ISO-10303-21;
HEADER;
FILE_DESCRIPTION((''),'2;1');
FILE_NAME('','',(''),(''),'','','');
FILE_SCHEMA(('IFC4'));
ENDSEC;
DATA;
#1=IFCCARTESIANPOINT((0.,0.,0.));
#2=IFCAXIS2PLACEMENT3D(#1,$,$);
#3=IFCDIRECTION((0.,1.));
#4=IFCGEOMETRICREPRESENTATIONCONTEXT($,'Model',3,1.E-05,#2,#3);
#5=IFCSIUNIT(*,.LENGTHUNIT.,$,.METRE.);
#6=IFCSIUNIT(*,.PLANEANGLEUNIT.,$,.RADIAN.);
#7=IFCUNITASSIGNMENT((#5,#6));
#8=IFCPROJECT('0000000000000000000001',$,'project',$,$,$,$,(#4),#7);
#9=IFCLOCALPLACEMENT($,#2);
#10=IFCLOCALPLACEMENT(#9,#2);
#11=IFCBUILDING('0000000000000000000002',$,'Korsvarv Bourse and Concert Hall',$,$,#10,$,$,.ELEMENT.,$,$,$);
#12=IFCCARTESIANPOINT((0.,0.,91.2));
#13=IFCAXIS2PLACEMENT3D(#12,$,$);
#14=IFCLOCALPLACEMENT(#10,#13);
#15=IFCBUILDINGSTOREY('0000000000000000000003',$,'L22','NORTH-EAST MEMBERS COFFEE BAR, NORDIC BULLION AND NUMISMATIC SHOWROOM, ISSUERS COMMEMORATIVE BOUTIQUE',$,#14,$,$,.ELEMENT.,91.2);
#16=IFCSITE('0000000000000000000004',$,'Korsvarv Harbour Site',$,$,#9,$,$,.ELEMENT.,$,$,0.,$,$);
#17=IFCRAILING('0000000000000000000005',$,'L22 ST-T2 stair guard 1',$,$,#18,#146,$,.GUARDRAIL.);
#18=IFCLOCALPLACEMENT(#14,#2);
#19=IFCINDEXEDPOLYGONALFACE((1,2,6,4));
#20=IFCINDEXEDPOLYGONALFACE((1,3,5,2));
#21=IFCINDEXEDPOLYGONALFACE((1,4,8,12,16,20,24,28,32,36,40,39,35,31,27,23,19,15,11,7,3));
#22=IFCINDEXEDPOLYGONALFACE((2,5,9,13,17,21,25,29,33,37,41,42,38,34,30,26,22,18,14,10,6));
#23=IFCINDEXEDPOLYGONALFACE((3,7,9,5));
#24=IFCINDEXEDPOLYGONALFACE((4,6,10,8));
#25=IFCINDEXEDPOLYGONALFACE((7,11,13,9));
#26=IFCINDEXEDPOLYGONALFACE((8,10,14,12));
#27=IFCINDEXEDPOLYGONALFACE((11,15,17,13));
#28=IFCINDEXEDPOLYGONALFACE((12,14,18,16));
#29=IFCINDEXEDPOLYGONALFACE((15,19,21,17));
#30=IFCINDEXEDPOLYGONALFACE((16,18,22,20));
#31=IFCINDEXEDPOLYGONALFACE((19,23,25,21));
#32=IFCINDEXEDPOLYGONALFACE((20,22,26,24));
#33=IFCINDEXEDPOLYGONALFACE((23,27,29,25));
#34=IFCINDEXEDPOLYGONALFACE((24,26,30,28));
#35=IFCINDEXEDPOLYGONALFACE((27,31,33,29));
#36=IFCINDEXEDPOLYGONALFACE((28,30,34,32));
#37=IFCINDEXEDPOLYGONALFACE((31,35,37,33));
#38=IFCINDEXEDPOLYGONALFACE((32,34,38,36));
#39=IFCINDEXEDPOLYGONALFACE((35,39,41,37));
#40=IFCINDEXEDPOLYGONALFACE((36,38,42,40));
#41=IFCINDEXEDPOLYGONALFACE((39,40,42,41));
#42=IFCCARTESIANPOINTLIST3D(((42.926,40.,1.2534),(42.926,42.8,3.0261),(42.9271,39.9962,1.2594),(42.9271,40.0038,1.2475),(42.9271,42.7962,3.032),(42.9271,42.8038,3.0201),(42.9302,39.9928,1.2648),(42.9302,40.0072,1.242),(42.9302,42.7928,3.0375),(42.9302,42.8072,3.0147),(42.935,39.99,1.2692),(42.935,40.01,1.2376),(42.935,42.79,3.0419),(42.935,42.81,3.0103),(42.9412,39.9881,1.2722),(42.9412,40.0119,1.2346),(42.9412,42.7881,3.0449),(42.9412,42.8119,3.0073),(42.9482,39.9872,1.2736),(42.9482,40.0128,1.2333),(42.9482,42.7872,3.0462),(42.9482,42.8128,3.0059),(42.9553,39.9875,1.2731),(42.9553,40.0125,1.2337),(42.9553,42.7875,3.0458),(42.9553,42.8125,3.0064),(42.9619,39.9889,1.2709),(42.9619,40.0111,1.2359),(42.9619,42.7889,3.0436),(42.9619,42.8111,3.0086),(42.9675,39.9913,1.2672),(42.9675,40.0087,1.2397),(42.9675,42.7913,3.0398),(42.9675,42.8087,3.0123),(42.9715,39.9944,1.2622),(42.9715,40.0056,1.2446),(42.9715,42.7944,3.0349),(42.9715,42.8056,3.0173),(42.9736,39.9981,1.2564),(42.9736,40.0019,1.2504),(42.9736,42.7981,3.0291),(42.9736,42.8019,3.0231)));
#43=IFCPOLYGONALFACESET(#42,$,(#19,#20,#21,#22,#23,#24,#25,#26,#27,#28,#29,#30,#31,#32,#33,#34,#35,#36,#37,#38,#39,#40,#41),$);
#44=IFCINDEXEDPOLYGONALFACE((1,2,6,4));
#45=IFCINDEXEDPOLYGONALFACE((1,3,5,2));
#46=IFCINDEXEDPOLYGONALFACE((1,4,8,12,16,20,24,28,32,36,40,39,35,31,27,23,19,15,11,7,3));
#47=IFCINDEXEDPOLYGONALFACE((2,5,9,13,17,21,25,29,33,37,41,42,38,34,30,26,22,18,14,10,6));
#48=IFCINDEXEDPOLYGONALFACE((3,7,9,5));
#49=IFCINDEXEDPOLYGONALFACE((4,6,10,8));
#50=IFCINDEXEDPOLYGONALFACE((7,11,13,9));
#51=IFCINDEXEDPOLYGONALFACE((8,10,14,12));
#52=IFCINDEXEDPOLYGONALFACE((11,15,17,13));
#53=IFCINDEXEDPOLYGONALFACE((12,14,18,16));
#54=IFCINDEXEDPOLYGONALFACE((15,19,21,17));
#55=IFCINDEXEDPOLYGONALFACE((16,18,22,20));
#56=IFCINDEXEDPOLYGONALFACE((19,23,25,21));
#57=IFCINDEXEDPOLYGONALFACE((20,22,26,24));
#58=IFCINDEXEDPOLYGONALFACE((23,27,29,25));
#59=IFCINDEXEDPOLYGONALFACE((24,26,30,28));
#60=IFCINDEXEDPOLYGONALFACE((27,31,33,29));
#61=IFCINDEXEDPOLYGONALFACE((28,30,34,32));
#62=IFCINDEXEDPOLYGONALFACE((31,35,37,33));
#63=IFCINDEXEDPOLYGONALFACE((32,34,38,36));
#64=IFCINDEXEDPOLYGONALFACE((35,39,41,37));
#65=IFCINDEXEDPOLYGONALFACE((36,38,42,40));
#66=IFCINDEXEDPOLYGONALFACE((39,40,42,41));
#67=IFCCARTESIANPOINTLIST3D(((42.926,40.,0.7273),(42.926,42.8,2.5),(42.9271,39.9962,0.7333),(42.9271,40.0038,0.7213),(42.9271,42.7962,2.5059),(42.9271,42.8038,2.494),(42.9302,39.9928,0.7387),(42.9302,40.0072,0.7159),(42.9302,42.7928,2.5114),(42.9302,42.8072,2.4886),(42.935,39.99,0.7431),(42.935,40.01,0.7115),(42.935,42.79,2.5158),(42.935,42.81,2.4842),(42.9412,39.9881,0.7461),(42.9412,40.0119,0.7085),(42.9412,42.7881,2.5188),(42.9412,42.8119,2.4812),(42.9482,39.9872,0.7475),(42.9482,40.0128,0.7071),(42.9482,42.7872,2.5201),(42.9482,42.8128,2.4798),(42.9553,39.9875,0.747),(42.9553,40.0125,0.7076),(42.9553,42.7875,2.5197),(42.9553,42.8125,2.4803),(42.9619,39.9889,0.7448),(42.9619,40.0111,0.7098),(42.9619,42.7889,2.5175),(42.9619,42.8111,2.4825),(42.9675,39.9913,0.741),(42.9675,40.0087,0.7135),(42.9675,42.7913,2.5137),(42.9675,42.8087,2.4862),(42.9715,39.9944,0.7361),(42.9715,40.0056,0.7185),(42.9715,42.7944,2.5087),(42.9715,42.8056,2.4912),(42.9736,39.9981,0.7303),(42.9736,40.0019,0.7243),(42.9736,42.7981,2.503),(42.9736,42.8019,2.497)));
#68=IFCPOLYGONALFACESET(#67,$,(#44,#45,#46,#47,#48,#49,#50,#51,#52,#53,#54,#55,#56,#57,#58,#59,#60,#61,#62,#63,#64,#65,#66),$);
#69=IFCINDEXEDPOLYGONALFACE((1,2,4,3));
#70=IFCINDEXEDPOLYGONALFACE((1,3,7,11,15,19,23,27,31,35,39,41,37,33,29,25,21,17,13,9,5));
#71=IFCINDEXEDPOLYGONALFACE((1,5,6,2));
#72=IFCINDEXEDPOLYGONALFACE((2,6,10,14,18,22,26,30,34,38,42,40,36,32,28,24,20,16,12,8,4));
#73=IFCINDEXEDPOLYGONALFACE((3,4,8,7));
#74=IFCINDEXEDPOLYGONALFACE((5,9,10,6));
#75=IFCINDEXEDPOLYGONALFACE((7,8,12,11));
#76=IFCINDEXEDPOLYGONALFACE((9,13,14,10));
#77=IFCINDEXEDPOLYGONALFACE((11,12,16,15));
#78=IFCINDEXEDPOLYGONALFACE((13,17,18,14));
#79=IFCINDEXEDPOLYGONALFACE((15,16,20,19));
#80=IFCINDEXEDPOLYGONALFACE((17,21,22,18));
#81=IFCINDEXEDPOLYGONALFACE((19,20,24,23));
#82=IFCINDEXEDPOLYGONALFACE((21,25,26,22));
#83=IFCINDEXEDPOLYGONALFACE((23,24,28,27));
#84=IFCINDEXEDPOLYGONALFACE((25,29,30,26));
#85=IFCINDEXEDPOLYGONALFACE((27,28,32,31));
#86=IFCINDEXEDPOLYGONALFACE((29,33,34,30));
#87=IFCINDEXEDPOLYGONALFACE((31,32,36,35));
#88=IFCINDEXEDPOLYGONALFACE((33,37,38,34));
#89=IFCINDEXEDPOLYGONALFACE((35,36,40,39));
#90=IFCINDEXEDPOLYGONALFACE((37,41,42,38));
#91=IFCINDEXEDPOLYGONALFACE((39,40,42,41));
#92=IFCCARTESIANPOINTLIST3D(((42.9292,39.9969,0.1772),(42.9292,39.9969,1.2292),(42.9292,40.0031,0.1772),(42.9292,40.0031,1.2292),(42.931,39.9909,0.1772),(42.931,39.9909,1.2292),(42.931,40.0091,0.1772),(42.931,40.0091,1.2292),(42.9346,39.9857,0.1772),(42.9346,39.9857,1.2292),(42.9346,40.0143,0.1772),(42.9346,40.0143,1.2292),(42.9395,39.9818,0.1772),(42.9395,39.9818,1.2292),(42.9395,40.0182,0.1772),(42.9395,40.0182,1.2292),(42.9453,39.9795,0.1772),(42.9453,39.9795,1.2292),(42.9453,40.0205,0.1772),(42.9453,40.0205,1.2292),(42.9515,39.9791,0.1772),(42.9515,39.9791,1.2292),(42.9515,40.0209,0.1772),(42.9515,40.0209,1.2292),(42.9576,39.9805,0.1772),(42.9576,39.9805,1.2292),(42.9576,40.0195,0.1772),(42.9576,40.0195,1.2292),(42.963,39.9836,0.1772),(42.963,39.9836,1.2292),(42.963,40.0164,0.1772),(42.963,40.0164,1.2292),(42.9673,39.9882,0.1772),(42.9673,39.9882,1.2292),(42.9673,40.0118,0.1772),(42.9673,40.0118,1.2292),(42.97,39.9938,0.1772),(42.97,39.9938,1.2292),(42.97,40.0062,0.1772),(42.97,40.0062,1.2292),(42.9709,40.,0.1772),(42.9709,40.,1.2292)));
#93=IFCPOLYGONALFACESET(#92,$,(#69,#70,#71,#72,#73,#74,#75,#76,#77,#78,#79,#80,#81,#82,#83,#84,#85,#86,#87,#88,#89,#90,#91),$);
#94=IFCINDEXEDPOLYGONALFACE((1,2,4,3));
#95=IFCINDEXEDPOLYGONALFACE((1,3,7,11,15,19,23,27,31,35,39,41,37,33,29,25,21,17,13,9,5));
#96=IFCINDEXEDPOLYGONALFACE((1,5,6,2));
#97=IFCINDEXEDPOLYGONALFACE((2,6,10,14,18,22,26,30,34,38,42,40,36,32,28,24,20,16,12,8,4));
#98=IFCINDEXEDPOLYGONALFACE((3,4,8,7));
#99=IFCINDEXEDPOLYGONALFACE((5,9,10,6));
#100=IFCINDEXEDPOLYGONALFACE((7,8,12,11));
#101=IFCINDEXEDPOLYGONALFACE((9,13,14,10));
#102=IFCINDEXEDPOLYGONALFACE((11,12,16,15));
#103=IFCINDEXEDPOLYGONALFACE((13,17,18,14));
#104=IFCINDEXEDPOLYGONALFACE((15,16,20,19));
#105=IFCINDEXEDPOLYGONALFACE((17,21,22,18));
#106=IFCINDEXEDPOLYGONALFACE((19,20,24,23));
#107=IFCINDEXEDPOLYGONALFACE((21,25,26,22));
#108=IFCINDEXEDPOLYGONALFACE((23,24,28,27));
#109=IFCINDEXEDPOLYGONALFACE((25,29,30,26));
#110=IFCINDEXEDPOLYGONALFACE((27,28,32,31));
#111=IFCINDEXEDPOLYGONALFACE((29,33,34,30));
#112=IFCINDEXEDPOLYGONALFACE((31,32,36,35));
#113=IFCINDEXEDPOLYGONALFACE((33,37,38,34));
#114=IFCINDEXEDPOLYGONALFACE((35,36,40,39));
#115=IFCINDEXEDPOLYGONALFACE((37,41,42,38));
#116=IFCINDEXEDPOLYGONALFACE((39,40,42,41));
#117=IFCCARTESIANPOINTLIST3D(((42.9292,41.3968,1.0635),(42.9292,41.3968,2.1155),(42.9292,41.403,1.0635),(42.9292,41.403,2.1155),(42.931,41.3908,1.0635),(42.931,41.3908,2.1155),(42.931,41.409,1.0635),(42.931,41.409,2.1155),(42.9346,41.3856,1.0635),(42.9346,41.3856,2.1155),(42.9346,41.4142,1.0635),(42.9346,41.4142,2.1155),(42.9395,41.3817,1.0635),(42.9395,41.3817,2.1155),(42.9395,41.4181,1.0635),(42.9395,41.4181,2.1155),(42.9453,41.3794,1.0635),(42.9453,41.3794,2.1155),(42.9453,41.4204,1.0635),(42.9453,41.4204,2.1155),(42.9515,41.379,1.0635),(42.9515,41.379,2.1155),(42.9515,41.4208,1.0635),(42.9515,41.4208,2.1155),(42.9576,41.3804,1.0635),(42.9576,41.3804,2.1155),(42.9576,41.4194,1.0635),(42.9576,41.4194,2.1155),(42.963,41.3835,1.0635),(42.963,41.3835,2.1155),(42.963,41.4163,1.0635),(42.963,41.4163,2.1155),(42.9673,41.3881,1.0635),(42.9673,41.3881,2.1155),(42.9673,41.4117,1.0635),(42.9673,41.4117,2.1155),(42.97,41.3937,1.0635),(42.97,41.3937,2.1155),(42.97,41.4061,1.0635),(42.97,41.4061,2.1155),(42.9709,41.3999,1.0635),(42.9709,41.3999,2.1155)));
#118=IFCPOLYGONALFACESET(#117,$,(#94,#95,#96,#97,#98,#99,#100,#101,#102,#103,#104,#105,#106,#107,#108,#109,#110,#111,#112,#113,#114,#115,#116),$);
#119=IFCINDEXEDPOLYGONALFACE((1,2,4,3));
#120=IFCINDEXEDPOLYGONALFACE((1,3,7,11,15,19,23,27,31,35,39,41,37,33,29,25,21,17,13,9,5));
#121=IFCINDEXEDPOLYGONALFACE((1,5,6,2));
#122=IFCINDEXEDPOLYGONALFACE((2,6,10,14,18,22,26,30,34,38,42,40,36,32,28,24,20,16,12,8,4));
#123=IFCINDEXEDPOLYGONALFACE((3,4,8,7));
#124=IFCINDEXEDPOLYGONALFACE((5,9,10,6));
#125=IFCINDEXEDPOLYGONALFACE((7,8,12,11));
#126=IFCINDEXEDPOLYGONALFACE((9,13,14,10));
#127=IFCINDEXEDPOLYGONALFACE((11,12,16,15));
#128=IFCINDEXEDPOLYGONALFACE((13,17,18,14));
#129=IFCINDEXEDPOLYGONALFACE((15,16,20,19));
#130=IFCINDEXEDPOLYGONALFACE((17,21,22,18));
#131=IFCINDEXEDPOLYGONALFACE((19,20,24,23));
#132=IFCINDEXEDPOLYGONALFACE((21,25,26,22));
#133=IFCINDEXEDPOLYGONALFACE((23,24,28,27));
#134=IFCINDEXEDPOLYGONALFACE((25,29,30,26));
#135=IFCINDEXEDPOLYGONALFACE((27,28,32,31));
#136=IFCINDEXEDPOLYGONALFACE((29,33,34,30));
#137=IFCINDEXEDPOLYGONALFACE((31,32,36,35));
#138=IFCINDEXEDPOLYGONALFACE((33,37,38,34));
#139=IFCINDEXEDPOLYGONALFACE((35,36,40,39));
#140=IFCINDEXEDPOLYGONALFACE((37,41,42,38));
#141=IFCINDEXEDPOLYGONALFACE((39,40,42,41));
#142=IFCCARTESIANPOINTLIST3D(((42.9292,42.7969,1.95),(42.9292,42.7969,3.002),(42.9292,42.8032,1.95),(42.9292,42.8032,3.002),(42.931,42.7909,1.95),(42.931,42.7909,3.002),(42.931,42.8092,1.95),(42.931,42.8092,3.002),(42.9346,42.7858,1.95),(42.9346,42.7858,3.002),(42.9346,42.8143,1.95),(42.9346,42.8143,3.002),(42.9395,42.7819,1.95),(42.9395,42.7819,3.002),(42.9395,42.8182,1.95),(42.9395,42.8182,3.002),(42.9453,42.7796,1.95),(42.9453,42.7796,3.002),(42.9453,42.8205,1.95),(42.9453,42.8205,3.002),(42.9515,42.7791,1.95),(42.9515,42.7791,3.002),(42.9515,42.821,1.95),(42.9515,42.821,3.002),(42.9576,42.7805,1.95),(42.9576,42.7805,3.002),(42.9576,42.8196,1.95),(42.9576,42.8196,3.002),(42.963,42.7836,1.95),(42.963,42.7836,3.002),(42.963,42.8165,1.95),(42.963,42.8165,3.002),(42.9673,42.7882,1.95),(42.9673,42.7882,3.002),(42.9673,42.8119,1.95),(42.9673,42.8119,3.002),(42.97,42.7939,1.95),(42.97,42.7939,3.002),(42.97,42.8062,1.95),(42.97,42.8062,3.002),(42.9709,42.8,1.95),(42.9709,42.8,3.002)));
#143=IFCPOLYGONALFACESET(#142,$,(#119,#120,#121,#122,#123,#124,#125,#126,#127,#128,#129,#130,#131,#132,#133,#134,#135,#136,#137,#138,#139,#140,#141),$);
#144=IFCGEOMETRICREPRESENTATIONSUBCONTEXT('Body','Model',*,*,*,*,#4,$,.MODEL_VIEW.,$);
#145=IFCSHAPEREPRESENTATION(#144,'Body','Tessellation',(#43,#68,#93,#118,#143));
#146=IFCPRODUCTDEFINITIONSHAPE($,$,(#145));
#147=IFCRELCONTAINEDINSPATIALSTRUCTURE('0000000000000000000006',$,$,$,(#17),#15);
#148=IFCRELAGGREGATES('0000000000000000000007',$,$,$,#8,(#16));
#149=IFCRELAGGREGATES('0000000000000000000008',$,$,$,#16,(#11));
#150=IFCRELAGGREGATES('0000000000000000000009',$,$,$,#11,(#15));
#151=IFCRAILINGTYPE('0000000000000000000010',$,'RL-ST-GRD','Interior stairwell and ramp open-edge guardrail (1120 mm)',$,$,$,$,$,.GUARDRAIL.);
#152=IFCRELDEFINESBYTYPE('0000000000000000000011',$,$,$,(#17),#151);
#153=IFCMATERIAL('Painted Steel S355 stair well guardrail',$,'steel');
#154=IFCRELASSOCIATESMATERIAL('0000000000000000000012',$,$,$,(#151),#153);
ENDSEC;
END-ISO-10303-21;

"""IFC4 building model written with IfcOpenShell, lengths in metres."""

from ifc_helpers import new_model, si_unit, direction, frame, origin, origin_2d, place, context, subcontext, project, spatial, circle, extrude, material, type_object, element, save


model = new_model("IFC4")

# Units and contexts
model_context = context("Model", 3, precision=1e-05, world=origin(), true_north=direction((0.0, 1.0)))
body_context = subcontext(model_context, "Body", "Model", "MODEL_VIEW")
ifc_project = project(units=[si_unit("LENGTHUNIT", "METRE"), si_unit("PLANEANGLEUNIT", "RADIAN")], contexts=[model_context])

# Site, building, storey
site_placement = place(None, origin())
site = spatial("IfcSite", under=ifc_project, at=site_placement, Name="Korsvarv Harbour Site", CompositionType="ELEMENT", RefElevation=0.0)
building_placement = place(site_placement, origin())
building = spatial("IfcBuilding", under=site, at=building_placement, Name="Korsvarv Bourse and Concert Hall", CompositionType="ELEMENT")
storey_placement = place(building_placement, frame((0.0, 0.0, 91.2)))
storey = spatial("IfcBuildingStorey", under=building, at=storey_placement, Name="L22", Description="NORTH-EAST MEMBERS COFFEE BAR, NORDIC BULLION AND NUMISMATIC SHOWROOM, ISSUERS COMMEMORATIVE BOUTIQUE", CompositionType="ELEMENT", Elevation=91.2)

# Railing
ifc_material_1 = material(Name="Painted Steel S355 stair well guardrail", Category="steel")
railing_type_1 = type_object("IfcRailingType", Name="RL-ST-GRD", Description="Interior stairwell and ramp open-edge guardrail (1120 mm)", PredefinedType="GUARDRAIL", material=ifc_material_1)
railing_1_placement = place(storey_placement, frame((42.95, 40.0, 0.1772)))
element("IfcRailing", 1, at=railing_1_placement, inside=storey, type_object=railing_type_1, Name="L22 ST-T2 stair guard 1", PredefinedType="GUARDRAIL", context=body_context, shape_type="SweptSolid", body=[
    extrude(circle(Radius=0.0239, at=origin_2d()), frame((0.0, 0.0, 1.0762), z_axis=(0.0, 0.844909, 0.53491), x_axis=(-1.0, 0.0, 0.0)), (0.0, 0.0, 1.0), 3.314),
    extrude(circle(Radius=0.0239, at=origin_2d()), frame((0.0, 0.0, 0.55), z_axis=(0.0, 0.844909, 0.53491), x_axis=(-1.0, 0.0, 0.0)), (0.0, 0.0, 1.0), 3.314),
    extrude(circle(Radius=0.021, at=origin_2d()), origin(), (0.0, 0.0, 1.0), 1.052),
    extrude(circle(Radius=0.021, at=origin_2d()), frame((0.0, 1.3999, 0.8862)), (0.0, 0.0, 1.0), 1.052),
    extrude(circle(Radius=0.021, at=origin_2d()), frame((0.0, 2.8, 1.7727)), (0.0, 0.0, 1.0), 1.052),
])

save(model, "model.ifc")
